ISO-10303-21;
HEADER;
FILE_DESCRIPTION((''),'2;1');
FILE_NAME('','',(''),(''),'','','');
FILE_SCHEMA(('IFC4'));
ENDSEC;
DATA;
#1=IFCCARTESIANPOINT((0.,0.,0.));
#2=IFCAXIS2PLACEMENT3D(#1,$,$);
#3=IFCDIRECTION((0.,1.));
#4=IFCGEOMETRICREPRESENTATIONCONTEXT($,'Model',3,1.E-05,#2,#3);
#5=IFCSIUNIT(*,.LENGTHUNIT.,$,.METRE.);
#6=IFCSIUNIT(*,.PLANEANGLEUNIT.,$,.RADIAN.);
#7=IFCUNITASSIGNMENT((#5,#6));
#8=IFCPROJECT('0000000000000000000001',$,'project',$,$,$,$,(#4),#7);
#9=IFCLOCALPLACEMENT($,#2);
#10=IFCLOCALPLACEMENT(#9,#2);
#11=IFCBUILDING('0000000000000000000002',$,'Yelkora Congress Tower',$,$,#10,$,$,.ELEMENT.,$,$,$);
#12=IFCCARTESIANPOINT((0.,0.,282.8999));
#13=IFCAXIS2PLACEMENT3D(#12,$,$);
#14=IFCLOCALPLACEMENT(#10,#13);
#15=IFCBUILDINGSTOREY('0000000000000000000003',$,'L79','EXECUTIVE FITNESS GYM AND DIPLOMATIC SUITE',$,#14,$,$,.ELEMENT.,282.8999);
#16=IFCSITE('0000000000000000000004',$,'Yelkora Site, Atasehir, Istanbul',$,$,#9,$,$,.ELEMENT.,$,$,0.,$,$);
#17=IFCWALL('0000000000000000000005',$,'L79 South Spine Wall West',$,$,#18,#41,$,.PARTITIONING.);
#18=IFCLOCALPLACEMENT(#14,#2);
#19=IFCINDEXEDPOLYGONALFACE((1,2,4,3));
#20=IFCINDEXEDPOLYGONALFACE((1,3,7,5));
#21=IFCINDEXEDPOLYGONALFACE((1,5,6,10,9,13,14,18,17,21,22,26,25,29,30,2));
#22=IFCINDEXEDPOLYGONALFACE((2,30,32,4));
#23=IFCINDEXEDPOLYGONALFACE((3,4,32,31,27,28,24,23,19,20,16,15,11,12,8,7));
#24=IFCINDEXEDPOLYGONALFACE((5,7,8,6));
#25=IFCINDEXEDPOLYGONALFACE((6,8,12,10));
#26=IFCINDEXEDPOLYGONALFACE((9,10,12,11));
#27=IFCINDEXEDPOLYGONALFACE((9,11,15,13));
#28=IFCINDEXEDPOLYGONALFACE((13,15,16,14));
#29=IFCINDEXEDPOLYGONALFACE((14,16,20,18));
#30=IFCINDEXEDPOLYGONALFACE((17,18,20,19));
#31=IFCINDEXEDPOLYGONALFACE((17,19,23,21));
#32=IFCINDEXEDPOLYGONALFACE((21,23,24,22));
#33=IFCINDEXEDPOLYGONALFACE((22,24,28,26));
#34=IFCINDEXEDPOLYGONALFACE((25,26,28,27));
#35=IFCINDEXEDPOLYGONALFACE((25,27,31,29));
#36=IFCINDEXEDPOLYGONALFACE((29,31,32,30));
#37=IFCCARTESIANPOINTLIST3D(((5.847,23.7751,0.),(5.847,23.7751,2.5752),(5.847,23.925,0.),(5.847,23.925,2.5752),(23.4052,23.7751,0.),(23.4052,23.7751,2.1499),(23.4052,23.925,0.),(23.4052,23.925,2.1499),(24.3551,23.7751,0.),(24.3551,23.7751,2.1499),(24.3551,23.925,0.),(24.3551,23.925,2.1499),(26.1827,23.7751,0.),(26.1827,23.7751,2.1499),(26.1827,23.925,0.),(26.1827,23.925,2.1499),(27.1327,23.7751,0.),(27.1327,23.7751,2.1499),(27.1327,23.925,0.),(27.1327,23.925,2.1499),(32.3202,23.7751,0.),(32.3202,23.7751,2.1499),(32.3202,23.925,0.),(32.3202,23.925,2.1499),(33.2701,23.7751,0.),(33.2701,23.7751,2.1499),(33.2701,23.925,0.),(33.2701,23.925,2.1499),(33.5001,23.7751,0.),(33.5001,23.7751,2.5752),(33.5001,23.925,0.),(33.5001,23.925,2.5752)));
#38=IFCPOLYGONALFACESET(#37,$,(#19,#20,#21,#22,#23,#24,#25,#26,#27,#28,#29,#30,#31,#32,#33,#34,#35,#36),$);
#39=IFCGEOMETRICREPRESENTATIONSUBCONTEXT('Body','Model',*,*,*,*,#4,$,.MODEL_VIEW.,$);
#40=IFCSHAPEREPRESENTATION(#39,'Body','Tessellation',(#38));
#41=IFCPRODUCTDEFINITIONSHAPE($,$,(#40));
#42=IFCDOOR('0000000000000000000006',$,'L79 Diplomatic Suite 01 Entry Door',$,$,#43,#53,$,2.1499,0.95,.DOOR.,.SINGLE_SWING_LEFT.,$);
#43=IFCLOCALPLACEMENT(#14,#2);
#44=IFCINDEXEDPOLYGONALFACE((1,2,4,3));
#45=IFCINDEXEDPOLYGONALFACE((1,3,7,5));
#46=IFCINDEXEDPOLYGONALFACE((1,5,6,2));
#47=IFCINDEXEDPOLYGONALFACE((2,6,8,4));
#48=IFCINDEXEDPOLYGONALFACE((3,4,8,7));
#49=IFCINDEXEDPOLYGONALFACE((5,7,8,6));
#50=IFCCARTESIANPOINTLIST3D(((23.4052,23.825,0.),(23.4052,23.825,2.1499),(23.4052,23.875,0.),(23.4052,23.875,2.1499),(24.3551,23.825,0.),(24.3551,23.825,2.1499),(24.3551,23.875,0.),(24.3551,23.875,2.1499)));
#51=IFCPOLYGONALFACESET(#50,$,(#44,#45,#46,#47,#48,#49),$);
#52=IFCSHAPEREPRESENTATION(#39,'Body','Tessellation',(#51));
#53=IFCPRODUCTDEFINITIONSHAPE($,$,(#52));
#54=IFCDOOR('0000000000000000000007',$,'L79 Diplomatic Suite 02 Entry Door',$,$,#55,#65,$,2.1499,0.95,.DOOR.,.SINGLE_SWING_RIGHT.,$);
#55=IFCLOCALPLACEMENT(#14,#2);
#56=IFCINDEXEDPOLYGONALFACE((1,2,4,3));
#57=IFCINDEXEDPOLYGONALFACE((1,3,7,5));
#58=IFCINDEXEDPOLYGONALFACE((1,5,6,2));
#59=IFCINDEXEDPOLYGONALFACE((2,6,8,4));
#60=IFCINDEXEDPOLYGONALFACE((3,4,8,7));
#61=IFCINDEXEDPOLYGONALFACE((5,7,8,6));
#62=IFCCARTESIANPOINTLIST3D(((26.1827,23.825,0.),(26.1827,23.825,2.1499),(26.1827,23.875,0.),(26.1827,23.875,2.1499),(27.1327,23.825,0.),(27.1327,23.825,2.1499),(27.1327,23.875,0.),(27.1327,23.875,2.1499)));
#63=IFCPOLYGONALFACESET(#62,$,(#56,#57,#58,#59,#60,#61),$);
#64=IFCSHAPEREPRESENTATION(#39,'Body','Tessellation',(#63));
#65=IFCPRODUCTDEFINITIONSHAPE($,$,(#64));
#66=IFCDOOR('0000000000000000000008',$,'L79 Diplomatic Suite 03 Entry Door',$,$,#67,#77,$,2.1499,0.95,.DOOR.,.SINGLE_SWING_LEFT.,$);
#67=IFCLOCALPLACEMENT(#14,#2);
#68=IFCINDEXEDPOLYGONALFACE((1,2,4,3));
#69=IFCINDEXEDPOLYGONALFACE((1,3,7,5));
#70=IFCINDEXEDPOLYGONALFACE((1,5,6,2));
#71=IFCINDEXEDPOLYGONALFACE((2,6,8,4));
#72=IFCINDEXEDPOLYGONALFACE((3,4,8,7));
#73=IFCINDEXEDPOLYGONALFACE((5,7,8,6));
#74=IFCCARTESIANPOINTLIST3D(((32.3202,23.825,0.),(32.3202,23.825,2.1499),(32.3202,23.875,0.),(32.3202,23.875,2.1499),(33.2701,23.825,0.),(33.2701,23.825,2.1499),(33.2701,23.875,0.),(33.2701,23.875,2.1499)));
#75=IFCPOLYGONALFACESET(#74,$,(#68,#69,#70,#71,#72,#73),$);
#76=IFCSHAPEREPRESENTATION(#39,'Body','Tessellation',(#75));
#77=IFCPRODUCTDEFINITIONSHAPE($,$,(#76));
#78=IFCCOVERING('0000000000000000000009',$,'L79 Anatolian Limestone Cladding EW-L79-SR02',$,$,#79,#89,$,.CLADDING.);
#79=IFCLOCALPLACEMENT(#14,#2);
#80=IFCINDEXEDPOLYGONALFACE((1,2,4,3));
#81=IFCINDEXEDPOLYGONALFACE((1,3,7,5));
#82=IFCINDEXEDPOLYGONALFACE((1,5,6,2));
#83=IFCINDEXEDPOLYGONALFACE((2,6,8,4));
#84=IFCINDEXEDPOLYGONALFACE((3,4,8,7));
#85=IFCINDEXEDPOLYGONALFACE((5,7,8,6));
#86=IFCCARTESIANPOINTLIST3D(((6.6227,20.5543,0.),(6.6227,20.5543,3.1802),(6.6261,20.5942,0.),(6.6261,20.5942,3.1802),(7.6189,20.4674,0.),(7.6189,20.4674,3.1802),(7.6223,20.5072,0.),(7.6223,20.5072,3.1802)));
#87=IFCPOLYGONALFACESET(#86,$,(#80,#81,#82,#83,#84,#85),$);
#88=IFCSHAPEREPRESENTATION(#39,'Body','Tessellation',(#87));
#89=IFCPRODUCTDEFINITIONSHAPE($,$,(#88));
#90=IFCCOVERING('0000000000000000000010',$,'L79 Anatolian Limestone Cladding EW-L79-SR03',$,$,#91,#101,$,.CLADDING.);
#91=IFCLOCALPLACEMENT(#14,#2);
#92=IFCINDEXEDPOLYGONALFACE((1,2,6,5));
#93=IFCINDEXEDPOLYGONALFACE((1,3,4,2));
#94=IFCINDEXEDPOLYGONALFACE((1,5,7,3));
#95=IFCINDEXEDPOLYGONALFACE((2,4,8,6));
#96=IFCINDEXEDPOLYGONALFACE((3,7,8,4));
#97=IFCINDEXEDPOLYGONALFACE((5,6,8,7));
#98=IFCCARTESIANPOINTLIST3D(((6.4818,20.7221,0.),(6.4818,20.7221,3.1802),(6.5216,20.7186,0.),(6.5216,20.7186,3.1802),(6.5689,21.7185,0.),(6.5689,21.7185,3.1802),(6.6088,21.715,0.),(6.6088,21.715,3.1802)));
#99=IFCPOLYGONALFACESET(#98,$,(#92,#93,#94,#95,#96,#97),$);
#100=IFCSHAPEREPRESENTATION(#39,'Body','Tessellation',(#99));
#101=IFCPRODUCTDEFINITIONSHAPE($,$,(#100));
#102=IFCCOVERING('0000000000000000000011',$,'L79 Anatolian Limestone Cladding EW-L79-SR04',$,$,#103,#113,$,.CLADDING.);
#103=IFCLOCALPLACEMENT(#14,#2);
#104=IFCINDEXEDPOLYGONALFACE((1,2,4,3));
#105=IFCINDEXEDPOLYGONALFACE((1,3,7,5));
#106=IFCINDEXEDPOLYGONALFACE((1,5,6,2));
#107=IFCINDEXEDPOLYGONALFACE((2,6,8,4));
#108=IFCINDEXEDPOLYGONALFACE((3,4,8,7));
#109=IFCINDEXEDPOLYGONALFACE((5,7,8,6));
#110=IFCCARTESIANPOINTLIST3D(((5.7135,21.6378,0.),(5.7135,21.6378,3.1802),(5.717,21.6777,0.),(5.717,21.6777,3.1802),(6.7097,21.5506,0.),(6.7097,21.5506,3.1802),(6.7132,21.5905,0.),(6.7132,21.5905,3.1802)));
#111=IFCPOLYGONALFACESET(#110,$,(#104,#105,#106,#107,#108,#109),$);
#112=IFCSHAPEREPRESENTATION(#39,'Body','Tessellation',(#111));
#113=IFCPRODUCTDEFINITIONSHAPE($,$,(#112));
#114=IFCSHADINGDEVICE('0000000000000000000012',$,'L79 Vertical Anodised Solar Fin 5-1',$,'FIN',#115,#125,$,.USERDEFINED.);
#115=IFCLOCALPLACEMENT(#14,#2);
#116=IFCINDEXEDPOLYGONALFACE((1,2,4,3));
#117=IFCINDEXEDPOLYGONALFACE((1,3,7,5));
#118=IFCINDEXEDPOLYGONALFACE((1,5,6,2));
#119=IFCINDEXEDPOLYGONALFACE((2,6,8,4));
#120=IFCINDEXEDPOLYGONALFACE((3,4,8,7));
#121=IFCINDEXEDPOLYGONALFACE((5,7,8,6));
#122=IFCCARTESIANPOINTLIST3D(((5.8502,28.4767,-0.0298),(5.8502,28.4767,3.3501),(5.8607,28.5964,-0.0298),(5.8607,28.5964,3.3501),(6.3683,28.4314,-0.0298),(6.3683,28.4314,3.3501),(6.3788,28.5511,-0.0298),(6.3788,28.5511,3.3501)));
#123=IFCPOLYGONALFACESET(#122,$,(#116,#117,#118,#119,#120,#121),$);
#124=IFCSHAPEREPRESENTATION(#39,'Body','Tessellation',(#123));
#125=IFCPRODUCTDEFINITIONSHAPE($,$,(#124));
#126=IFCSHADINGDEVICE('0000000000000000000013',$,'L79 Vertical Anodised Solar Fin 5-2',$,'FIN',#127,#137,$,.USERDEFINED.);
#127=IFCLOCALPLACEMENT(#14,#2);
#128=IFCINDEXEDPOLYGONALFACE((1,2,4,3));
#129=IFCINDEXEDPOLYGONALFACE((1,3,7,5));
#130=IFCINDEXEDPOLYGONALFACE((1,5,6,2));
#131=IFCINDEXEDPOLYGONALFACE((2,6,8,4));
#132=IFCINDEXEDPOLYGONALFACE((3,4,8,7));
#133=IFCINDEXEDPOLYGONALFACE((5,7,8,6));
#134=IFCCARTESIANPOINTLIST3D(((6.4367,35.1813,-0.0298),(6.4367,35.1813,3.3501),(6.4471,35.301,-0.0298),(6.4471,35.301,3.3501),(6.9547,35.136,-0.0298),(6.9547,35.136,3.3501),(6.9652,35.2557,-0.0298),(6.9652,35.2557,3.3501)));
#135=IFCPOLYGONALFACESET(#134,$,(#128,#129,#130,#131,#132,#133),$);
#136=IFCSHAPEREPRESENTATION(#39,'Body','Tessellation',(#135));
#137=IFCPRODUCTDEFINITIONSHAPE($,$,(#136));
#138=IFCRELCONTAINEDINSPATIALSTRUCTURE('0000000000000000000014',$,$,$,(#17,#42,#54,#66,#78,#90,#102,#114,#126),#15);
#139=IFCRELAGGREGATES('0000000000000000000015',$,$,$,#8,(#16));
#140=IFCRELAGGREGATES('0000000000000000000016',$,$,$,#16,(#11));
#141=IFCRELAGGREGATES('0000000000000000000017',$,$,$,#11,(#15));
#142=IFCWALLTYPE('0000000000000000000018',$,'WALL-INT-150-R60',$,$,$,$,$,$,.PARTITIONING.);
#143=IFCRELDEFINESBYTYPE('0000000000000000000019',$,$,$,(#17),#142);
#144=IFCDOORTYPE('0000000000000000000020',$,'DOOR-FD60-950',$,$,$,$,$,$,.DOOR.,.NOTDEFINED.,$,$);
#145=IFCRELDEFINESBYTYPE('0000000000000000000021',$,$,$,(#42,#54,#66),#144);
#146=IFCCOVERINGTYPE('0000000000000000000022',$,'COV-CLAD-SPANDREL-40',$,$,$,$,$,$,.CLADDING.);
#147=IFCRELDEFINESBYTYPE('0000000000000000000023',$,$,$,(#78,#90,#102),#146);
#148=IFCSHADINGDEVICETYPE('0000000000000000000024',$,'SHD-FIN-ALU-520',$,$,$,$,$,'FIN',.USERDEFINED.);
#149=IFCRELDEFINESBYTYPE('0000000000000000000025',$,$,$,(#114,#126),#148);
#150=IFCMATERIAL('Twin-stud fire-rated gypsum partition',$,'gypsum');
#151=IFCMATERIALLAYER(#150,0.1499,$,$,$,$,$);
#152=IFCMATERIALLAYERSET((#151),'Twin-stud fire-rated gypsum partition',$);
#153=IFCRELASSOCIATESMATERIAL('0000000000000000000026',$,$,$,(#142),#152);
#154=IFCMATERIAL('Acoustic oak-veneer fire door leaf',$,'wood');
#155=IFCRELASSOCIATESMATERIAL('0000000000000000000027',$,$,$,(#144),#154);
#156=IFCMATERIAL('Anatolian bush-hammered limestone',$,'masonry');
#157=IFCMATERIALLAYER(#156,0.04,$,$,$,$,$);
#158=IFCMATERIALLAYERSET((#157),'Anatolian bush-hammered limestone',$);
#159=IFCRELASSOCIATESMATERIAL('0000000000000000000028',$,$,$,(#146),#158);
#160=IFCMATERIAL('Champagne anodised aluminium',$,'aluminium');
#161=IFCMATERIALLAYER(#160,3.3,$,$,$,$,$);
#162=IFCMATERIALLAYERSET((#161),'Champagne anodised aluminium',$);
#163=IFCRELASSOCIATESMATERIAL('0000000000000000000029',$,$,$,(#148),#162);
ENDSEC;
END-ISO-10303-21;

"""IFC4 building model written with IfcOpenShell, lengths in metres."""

from ifc_helpers import new_model, si_unit, direction, frame, frame_2d, origin, origin_2d, place, context, subcontext, project, spatial, rectangle, extrude, material, layer, layer_set, type_object, element, fill, save


model = new_model("IFC4")

# Units and contexts
model_context = context("Model", 3, precision=1e-05, world=origin(), true_north=direction((0.0, 1.0)))
body_context = subcontext(model_context, "Body", "Model", "MODEL_VIEW")
ifc_project = project(units=[si_unit("LENGTHUNIT", "METRE"), si_unit("PLANEANGLEUNIT", "RADIAN")], contexts=[model_context])

# Site, building, storey
site_placement = place(None, origin())
site = spatial("IfcSite", under=ifc_project, at=site_placement, Name="Yelkora Site, Atasehir, Istanbul", CompositionType="ELEMENT", RefElevation=0.0)
building_placement = place(site_placement, origin())
building = spatial("IfcBuilding", under=site, at=building_placement, Name="Yelkora Congress Tower", CompositionType="ELEMENT")
storey_placement = place(building_placement, frame((0.0, 0.0, 282.8999)))
storey = spatial("IfcBuildingStorey", under=building, at=storey_placement, Name="L79", Description="EXECUTIVE FITNESS GYM AND DIPLOMATIC SUITE", CompositionType="ELEMENT", Elevation=282.8999)

# Wall, openings, doors
ifc_material_1 = material(Name="Twin-stud fire-rated gypsum partition", Category="gypsum")
ifc_layer_1 = layer(ifc_material_1, 0.1499)
ifc_layer_set_1 = layer_set([ifc_layer_1], Name="Twin-stud fire-rated gypsum partition")
wall_type_1 = type_object("IfcWallType", Name="WALL-INT-150-R60", PredefinedType="PARTITIONING", material=ifc_layer_set_1)
wall_1_placement = place(storey_placement, frame((5.8469, 23.8501, 0.0), z_axis=(0.0, 0.0, 1.0), x_axis=(1.0, 0.0, 0.0)))
wall_1 = element("IfcWall", 1, at=wall_1_placement, inside=storey, type_object=wall_type_1, Name="L79 South Spine Wall West", PredefinedType="PARTITIONING", context=body_context, shape_type="SweptSolid", body=[
    extrude(rectangle(XDim=27.6531, YDim=0.1499, at=frame_2d((13.8267, 0.0))), origin(), (0.0, 0.0, 1.0), 2.5752),
])
opening_1_placement = place(wall_1_placement, frame((17.5581, 0.0, 0.0)))
opening_1 = element("IfcOpeningElement", 2, at=opening_1_placement, cuts=wall_1, PredefinedType="OPENING", context=body_context, shape_type="SweptSolid", body=[
    extrude(rectangle(XDim=0.95, YDim=2.1499, at=frame_2d((0.4751, 1.075))), frame((0.0, 0.085, 0.0), z_axis=(0.0, -1.0, 0.0), x_axis=(1.0, 0.0, 0.0)), (0.0, 0.0, 1.0), 0.1699),
])
opening_2_placement = place(wall_1_placement, frame((20.3357, 0.0, 0.0)))
opening_2 = element("IfcOpeningElement", 3, at=opening_2_placement, cuts=wall_1, PredefinedType="OPENING", context=body_context, shape_type="SweptSolid", body=[
    extrude(rectangle(XDim=0.95, YDim=2.1499, at=frame_2d((0.4751, 1.075))), frame((0.0, 0.085, 0.0), z_axis=(0.0, -1.0, 0.0), x_axis=(1.0, 0.0, 0.0)), (0.0, 0.0, 1.0), 0.1699),
])
opening_3_placement = place(wall_1_placement, frame((26.4731, 0.0, 0.0)))
opening_3 = element("IfcOpeningElement", 4, at=opening_3_placement, cuts=wall_1, PredefinedType="OPENING", context=body_context, shape_type="SweptSolid", body=[
    extrude(rectangle(XDim=0.95, YDim=2.1499, at=frame_2d((0.4751, 1.075))), frame((0.0, 0.085, 0.0), z_axis=(0.0, -1.0, 0.0), x_axis=(1.0, 0.0, 0.0)), (0.0, 0.0, 1.0), 0.1699),
])
ifc_material_2 = material(Name="Acoustic oak-veneer fire door leaf", Category="wood")
door_type = type_object("IfcDoorType", Name="DOOR-FD60-950", OperationType="NOTDEFINED", PredefinedType="DOOR", material=ifc_material_2)
door_1_placement = place(opening_1_placement, origin())
door_1 = element("IfcDoor", 5, at=door_1_placement, inside=storey, type_object=door_type, Name="L79 Diplomatic Suite 01 Entry Door", OperationType="SINGLE_SWING_LEFT", OverallHeight=2.1499, OverallWidth=0.95, PredefinedType="DOOR", context=body_context, shape_type="SweptSolid", body=[
    extrude(rectangle(XDim=0.95, YDim=2.1499, at=frame_2d((0.4751, 1.075))), frame((0.0, 0.0249, 0.0), z_axis=(0.0, -1.0, 0.0), x_axis=(1.0, 0.0, 0.0)), (0.0, 0.0, 1.0), 0.05),
])
fill(opening_1, door_1)
door_2_placement = place(opening_2_placement, origin())
door_2 = element("IfcDoor", 6, at=door_2_placement, inside=storey, type_object=door_type, Name="L79 Diplomatic Suite 02 Entry Door", OperationType="SINGLE_SWING_RIGHT", OverallHeight=2.1499, OverallWidth=0.95, PredefinedType="DOOR", context=body_context, shape_type="SweptSolid", body=[
    extrude(rectangle(XDim=0.95, YDim=2.1499, at=frame_2d((0.4751, 1.075))), frame((0.0, 0.0249, 0.0), z_axis=(0.0, -1.0, 0.0), x_axis=(1.0, 0.0, 0.0)), (0.0, 0.0, 1.0), 0.05),
])
fill(opening_2, door_2)
door_3_placement = place(opening_3_placement, origin())
door_3 = element("IfcDoor", 7, at=door_3_placement, inside=storey, type_object=door_type, Name="L79 Diplomatic Suite 03 Entry Door", OperationType="SINGLE_SWING_LEFT", OverallHeight=2.1499, OverallWidth=0.95, PredefinedType="DOOR", context=body_context, shape_type="SweptSolid", body=[
    extrude(rectangle(XDim=0.95, YDim=2.1499, at=frame_2d((0.4751, 1.075))), frame((0.0, 0.0249, 0.0), z_axis=(0.0, -1.0, 0.0), x_axis=(1.0, 0.0, 0.0)), (0.0, 0.0, 1.0), 0.05),
])
fill(opening_3, door_3)

# Coverings
ifc_material_3 = material(Name="Anatolian bush-hammered limestone", Category="masonry")
ifc_layer_2 = layer(ifc_material_3, 0.04)
ifc_layer_set_2 = layer_set([ifc_layer_2], Name="Anatolian bush-hammered limestone")
covering_type = type_object("IfcCoveringType", Name="COV-CLAD-SPANDREL-40", PredefinedType="CLADDING", material=ifc_layer_set_2)
covering_1_placement = place(storey_placement, frame((7.6206, 20.4873, 0.0), z_axis=(0.0, 0.0, 1.0), x_axis=(-0.996215, 0.086925, 0.0)))
element("IfcCovering", 8, at=covering_1_placement, inside=storey, type_object=covering_type, Name="L79 Anatolian Limestone Cladding EW-L79-SR02", PredefinedType="CLADDING", context=body_context, shape_type="SweptSolid", body=[
    extrude(rectangle(XDim=1.0, YDim=0.04, at=frame_2d((0.5, 0.0))), origin(), (0.0, 0.0, 1.0), 3.1802),
])
covering_2_placement = place(storey_placement, frame((6.5017, 20.7205, 0.0), z_axis=(0.0, 0.0, 1.0), x_axis=(0.087146, 0.996196, 0.0)))
element("IfcCovering", 9, at=covering_2_placement, inside=storey, type_object=covering_type, Name="L79 Anatolian Limestone Cladding EW-L79-SR03", PredefinedType="CLADDING", context=body_context, shape_type="SweptSolid", body=[
    extrude(rectangle(XDim=1.0002, YDim=0.04, at=frame_2d((0.5, 0.0))), origin(), (0.0, 0.0, 1.0), 3.1802),
])
covering_3_placement = place(storey_placement, frame((6.7114, 21.5706, 0.0), z_axis=(0.0, 0.0, 1.0), x_axis=(-0.996194, 0.087167, 0.0)))
element("IfcCovering", 10, at=covering_3_placement, inside=storey, type_object=covering_type, Name="L79 Anatolian Limestone Cladding EW-L79-SR04", PredefinedType="CLADDING", context=body_context, shape_type="SweptSolid", body=[
    extrude(rectangle(XDim=1.0, YDim=0.04, at=frame_2d((0.5, 0.0))), origin(), (0.0, 0.0, 1.0), 3.1802),
])

# Shading devices
ifc_material_4 = material(Name="Champagne anodised aluminium", Category="aluminium")
ifc_layer_3 = layer(ifc_material_4, 3.3)
ifc_layer_set_3 = layer_set([ifc_layer_3], Name="Champagne anodised aluminium")
shading_device_type = type_object("IfcShadingDeviceType", Name="SHD-FIN-ALU-520", ElementType="FIN", PredefinedType="USERDEFINED", material=ifc_layer_set_3)
for number, where, z_axis, x_axis, name in (
    (11, (6.1145, 28.5139, -0.0298), (0.0, 0.0, 1.0), (0.087156, 0.996195, 0.0), "L79 Vertical Anodised Solar Fin 5-1"),
    (12, (6.7009, 35.2185, -0.0298), (0.0, 0.0, 1.0), (0.087156, 0.996195, 0.0), "L79 Vertical Anodised Solar Fin 5-2"),
):
    element("IfcShadingDevice", number, at=place(storey_placement, frame(where, z_axis=z_axis, x_axis=x_axis)), inside=storey, type_object=shading_device_type, Name=name, ObjectType="FIN", PredefinedType="USERDEFINED", context=body_context, shape_type="SweptSolid", body=[
        extrude(rectangle(XDim=0.1201, YDim=0.52, at=origin_2d()), origin(), (0.0, 0.0, 1.0), 3.3799),
    ])

save(model, "model.ifc")
